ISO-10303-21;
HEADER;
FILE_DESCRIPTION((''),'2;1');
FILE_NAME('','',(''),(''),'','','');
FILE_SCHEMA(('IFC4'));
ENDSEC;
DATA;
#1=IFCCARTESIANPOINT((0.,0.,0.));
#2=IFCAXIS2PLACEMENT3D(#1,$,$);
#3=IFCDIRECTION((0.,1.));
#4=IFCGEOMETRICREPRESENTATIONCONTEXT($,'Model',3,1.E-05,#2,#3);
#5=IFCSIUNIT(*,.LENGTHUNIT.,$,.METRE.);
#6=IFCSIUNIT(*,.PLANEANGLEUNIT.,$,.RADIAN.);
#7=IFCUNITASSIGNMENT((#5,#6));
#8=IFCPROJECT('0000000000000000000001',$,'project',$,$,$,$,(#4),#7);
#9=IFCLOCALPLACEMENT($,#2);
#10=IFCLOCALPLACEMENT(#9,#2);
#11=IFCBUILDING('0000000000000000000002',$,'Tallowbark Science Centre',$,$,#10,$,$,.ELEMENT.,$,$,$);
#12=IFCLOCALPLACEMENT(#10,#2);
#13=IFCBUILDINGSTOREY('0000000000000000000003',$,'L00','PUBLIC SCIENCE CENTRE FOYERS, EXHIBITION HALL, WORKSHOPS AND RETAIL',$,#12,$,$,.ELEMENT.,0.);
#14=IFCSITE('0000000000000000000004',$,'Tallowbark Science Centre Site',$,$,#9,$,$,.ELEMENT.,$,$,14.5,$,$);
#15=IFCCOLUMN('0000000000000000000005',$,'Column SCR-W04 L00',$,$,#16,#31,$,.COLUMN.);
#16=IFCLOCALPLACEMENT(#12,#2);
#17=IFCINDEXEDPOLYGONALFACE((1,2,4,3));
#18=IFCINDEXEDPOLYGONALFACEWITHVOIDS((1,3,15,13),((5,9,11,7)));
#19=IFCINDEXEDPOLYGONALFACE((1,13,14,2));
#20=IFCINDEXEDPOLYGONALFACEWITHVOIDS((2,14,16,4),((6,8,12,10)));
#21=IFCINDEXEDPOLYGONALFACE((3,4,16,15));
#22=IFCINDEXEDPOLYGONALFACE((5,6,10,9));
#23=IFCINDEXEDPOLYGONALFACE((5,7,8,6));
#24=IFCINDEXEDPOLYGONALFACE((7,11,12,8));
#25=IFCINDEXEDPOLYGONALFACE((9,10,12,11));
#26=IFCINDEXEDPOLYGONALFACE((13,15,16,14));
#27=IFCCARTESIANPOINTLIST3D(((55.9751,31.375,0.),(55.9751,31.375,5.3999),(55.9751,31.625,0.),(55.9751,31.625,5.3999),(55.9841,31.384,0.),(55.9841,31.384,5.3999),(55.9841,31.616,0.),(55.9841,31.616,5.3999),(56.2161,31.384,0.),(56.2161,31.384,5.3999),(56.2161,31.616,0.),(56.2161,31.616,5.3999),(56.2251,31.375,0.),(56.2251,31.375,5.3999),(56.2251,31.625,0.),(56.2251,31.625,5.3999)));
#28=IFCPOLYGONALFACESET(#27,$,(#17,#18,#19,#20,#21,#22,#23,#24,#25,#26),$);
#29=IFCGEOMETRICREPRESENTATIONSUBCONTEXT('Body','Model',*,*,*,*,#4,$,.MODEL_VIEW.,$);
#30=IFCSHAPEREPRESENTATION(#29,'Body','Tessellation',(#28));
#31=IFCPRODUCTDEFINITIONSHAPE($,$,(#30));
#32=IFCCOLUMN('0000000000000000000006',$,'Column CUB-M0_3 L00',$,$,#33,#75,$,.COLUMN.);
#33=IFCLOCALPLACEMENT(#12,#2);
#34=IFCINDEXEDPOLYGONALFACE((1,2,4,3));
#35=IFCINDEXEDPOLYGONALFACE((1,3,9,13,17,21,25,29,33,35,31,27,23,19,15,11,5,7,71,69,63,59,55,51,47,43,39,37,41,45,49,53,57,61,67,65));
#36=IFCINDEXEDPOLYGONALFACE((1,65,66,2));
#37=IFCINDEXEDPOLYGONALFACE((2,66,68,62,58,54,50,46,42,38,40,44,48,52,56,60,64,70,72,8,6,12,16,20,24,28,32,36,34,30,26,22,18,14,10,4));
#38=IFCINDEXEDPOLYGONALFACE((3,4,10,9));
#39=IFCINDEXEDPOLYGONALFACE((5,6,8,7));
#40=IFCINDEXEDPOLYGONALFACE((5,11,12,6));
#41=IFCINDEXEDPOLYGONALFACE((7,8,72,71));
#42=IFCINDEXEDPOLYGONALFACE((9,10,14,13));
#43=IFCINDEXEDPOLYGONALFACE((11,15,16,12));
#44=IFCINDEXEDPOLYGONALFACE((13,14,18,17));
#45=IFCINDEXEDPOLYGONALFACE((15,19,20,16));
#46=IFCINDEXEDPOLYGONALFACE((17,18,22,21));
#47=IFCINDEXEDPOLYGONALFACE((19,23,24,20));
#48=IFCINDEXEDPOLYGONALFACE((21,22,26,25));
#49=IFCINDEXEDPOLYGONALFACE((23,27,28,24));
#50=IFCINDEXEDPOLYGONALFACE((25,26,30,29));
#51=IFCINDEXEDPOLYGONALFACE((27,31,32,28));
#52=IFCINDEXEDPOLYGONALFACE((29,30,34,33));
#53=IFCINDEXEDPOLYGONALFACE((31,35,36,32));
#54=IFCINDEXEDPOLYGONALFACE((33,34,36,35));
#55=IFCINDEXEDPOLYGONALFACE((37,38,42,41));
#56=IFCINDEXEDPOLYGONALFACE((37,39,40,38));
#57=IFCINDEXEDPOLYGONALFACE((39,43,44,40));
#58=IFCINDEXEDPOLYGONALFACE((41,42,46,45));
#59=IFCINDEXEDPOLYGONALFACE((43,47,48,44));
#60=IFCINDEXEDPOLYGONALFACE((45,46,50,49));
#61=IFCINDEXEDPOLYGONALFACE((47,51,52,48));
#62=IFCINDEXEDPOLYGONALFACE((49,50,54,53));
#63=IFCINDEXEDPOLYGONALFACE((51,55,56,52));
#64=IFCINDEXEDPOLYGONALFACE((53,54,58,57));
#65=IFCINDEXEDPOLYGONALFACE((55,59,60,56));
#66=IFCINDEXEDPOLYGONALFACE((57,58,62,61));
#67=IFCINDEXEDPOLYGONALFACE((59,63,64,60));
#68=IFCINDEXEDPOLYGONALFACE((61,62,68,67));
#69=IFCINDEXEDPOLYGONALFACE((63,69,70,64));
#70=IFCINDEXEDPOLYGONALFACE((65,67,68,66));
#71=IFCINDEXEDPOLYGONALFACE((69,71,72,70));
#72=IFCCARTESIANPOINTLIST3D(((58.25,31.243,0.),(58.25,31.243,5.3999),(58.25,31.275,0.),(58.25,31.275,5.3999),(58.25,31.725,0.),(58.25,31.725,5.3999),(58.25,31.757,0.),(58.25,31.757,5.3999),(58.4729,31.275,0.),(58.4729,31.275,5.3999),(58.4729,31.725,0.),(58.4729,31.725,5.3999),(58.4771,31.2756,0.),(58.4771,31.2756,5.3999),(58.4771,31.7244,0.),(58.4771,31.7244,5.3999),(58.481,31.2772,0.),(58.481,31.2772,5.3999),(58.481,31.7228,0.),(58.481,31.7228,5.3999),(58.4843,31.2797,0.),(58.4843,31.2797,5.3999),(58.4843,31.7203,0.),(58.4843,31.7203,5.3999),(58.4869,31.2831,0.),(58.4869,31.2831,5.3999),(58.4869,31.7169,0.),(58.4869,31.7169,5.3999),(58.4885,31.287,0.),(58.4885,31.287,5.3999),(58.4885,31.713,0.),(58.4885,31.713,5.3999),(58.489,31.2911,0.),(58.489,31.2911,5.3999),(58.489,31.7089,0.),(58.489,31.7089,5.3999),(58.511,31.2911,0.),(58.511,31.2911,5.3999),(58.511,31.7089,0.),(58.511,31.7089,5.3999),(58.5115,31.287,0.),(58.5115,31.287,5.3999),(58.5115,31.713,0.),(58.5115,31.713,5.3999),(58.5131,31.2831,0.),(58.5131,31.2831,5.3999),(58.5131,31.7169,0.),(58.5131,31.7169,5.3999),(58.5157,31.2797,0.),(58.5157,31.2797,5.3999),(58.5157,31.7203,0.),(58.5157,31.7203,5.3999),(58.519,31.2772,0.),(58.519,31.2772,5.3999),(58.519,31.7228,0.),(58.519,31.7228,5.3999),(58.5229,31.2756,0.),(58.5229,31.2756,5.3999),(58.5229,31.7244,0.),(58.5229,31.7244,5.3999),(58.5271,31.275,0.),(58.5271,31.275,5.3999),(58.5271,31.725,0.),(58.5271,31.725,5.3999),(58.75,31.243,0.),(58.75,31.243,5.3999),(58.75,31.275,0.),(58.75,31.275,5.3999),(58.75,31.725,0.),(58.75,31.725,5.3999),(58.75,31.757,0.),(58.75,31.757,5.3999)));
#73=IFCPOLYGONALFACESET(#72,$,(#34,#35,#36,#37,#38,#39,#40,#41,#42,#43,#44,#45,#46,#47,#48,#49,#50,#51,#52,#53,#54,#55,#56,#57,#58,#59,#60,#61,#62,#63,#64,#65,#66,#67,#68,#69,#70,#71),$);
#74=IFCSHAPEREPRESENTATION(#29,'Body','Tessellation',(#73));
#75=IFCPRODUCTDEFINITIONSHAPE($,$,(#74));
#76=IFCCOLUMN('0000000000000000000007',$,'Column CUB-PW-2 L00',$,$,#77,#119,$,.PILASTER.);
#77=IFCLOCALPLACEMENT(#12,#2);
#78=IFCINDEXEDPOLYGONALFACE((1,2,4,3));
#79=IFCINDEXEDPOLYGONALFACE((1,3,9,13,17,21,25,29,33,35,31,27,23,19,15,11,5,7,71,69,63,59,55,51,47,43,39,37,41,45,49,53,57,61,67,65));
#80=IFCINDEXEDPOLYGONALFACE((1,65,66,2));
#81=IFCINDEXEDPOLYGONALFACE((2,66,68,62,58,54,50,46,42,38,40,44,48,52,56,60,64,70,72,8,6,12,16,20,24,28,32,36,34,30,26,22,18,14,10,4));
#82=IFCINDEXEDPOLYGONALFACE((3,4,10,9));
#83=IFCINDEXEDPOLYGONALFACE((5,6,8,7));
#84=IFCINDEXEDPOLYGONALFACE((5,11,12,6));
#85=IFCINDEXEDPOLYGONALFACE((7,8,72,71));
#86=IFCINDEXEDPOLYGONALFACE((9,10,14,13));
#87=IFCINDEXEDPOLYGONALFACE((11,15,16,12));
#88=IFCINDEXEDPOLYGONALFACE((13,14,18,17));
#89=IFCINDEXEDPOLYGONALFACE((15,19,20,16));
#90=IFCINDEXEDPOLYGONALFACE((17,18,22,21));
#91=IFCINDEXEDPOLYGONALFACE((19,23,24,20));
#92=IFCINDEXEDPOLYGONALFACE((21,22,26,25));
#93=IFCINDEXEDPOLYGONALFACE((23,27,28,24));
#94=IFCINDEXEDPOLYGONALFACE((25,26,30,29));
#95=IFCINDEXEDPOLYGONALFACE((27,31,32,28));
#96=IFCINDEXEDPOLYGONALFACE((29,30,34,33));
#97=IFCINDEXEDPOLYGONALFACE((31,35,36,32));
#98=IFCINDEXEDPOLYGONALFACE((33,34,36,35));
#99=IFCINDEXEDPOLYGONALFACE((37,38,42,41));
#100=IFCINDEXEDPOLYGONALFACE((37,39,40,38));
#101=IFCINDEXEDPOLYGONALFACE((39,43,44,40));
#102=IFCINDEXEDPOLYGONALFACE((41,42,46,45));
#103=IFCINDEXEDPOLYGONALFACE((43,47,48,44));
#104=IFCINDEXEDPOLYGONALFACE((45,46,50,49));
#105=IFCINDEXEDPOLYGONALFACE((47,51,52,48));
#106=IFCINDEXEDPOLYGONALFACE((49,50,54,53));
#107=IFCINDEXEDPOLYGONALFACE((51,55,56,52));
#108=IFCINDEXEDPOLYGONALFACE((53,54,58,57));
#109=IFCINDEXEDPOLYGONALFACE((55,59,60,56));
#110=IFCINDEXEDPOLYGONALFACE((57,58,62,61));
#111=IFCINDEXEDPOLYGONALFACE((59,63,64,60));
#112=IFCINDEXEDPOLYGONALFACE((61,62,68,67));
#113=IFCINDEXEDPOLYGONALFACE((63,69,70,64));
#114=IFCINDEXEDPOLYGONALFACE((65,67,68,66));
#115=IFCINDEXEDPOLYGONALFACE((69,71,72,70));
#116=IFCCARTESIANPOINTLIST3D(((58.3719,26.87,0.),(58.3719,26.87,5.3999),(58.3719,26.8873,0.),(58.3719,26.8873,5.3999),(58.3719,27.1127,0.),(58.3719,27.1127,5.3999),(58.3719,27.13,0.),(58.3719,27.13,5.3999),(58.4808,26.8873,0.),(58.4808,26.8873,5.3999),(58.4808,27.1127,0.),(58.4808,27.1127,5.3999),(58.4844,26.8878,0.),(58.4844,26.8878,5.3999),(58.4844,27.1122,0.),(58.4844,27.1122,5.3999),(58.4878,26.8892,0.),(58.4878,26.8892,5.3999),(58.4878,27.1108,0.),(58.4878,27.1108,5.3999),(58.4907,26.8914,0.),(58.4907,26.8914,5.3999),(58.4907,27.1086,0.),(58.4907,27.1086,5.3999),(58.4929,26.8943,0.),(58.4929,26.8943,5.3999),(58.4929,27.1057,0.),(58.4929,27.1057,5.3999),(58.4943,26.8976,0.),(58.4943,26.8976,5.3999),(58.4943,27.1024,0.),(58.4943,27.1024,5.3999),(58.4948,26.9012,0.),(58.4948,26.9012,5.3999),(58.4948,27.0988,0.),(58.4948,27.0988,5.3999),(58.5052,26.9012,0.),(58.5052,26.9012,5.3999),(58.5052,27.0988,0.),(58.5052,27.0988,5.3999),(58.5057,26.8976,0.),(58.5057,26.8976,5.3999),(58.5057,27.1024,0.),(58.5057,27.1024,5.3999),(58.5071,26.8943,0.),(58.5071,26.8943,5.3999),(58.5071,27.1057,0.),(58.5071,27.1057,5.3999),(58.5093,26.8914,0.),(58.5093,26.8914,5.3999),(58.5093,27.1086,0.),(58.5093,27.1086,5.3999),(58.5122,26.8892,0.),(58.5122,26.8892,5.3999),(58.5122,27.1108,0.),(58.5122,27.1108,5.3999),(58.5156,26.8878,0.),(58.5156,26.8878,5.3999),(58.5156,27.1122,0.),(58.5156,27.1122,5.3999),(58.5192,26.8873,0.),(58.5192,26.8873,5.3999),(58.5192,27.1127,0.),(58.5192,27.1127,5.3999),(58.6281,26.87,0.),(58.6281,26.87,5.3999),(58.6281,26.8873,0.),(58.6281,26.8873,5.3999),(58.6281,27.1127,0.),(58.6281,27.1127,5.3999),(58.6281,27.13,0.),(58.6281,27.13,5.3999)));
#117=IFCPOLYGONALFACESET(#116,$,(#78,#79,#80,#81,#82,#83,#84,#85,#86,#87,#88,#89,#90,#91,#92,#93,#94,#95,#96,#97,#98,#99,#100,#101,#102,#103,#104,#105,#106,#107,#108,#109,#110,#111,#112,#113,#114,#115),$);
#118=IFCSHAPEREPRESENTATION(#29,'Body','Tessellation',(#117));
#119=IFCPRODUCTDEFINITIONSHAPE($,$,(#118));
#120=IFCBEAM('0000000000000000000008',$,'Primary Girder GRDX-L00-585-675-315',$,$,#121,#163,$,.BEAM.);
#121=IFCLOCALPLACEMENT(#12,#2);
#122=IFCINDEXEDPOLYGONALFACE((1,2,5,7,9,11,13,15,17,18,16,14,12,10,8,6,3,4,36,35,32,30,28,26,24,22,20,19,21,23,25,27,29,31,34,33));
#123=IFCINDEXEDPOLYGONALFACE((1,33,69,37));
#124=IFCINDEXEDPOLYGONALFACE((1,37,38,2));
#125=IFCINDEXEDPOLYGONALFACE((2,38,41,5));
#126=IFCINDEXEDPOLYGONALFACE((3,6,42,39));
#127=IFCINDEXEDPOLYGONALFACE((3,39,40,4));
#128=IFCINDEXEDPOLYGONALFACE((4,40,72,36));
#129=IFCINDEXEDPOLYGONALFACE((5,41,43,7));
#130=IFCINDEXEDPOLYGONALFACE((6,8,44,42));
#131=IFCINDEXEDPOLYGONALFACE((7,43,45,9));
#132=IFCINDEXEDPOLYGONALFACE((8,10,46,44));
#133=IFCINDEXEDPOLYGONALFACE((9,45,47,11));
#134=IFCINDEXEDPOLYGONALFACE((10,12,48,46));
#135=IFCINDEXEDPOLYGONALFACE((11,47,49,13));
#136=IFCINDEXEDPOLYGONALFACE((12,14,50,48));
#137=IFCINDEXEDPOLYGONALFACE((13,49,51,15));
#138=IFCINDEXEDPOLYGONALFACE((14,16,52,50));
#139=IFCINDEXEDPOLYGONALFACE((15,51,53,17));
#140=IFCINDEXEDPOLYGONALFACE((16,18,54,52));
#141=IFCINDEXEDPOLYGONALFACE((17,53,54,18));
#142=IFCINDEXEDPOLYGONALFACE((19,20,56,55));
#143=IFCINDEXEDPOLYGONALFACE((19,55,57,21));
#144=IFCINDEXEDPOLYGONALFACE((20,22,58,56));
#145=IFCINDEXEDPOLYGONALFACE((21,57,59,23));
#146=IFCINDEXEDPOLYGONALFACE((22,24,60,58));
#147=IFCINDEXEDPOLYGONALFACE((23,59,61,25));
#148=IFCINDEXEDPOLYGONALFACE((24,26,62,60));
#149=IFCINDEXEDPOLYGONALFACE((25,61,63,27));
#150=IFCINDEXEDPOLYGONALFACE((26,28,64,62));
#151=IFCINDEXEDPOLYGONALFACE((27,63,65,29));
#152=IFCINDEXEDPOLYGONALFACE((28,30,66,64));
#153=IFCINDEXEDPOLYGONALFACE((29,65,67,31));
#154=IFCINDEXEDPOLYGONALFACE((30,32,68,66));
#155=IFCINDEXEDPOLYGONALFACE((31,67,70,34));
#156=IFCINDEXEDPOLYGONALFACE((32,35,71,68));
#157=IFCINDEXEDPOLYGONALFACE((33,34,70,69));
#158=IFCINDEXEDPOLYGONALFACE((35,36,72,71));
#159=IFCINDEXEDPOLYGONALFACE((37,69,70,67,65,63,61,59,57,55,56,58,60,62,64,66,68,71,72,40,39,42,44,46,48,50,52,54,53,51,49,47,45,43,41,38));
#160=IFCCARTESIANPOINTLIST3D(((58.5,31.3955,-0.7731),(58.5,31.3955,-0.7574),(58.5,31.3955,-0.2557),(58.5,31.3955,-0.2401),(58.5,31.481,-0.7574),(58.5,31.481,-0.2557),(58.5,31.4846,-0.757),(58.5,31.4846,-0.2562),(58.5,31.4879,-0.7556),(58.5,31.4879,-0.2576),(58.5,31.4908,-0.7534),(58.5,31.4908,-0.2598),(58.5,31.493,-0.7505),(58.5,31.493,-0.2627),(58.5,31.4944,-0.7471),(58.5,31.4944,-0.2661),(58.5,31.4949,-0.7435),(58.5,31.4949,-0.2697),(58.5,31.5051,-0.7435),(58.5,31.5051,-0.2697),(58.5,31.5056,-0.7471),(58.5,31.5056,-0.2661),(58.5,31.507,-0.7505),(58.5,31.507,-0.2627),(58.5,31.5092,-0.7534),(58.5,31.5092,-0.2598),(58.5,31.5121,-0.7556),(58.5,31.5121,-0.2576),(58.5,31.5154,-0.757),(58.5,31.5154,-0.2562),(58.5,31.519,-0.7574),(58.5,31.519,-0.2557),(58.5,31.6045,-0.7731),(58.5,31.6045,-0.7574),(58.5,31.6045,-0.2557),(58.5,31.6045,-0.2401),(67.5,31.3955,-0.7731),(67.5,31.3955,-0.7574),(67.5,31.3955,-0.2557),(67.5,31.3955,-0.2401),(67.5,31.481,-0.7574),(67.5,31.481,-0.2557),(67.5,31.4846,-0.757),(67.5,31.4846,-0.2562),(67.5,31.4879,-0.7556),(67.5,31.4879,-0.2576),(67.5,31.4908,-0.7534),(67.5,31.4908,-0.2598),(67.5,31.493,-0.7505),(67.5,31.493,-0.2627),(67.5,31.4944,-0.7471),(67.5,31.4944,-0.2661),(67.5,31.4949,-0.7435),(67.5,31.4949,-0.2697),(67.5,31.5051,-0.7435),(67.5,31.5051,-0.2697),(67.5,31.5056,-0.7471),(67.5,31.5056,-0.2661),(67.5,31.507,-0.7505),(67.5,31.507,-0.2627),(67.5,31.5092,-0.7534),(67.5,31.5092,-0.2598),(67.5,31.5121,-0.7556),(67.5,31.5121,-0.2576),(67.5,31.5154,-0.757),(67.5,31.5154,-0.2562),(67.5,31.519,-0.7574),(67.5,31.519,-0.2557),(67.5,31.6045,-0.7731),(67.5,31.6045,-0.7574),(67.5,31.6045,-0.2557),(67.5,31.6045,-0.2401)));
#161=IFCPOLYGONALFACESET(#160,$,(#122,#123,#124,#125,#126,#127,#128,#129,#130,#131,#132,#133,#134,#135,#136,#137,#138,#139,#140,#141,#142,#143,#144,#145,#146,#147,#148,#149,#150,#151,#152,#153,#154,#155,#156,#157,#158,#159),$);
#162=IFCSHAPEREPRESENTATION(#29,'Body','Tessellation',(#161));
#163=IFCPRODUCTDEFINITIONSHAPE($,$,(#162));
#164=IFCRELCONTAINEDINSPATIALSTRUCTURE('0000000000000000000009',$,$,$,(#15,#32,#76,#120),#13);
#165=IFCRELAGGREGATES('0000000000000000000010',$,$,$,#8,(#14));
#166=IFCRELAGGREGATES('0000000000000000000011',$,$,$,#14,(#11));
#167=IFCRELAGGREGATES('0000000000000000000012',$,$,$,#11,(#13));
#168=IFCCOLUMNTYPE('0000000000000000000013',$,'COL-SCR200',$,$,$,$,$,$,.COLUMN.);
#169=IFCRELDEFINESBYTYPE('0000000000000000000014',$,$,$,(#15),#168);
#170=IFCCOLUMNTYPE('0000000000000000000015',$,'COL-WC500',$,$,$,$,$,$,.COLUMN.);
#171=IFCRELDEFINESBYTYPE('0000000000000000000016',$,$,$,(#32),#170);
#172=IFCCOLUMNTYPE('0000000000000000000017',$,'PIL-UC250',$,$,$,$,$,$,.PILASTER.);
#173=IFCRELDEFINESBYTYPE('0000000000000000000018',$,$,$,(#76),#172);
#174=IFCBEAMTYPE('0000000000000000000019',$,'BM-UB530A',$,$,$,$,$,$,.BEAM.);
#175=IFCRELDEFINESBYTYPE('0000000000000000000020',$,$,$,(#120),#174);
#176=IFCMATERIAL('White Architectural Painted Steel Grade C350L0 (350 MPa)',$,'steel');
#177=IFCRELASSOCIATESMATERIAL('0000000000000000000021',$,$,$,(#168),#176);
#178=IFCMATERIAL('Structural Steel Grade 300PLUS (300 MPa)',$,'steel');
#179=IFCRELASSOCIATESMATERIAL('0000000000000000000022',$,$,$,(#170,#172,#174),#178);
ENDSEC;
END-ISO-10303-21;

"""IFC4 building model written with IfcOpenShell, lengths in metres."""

from ifc_helpers import new_model, si_unit, direction, frame, origin, origin_2d, place, context, subcontext, project, spatial, hollow_rectangle, i_section, extrude, material, material_profile, profile_set, type_object, element, save


model = new_model("IFC4")

# Units and contexts
model_context = context("Model", 3, precision=1e-05, world=origin(), true_north=direction((0.0, 1.0)))
body_context = subcontext(model_context, "Body", "Model", "MODEL_VIEW")
ifc_project = project(units=[si_unit("LENGTHUNIT", "METRE"), si_unit("PLANEANGLEUNIT", "RADIAN")], contexts=[model_context])

# Site, building, storey
site_placement = place(None, origin())
site = spatial("IfcSite", under=ifc_project, at=site_placement, Name="Tallowbark Science Centre Site", CompositionType="ELEMENT", RefElevation=14.5)
building_placement = place(site_placement, origin())
building = spatial("IfcBuilding", under=site, at=building_placement, Name="Tallowbark Science Centre", CompositionType="ELEMENT")
storey_placement = place(building_placement, origin())
storey = spatial("IfcBuildingStorey", under=building, at=storey_placement, Name="L00", Description="PUBLIC SCIENCE CENTRE FOYERS, EXHIBITION HALL, WORKSHOPS AND RETAIL", CompositionType="ELEMENT", Elevation=0.0)

# Columns
ifc_material_1 = material(Name="White Architectural Painted Steel Grade C350L0 (350 MPa)", Category="steel")
ifc_material_profile_1 = material_profile(ifc_material_1, hollow_rectangle(XDim=0.25, YDim=0.25, WallThickness=0.009, at=origin_2d()), Name="250x250x9.0SHS")
ifc_profile_set_1 = profile_set([ifc_material_profile_1], Name="White Architectural Painted Steel Grade C350L0 (350 MPa)")
column_type_1 = type_object("IfcColumnType", Name="COL-SCR200", PredefinedType="COLUMN", material=ifc_profile_set_1)
column_1_placement = place(storey_placement, frame((56.1001, 31.5, 0.0), z_axis=(0.0, 0.0, 1.0), x_axis=(1.0, 0.0, 0.0)))
element("IfcColumn", 1, at=column_1_placement, inside=storey, type_object=column_type_1, Name="Column SCR-W04 L00", PredefinedType="COLUMN", context=body_context, shape_type="SweptSolid", body=[
    extrude(hollow_rectangle(XDim=0.25, YDim=0.25, WallThickness=0.009, at=origin_2d()), origin(), (0.0, 0.0, 1.0), 5.3999),
])
ifc_material_2 = material(Name="Structural Steel Grade 300PLUS (300 MPa)", Category="steel")
ifc_material_profile_2 = material_profile(ifc_material_2, i_section(OverallWidth=0.5, OverallDepth=0.5139, WebThickness=0.022, FlangeThickness=0.032, FilletRadius=0.0161, at=origin_2d()), Name="500WC340")
ifc_profile_set_2 = profile_set([ifc_material_profile_2], Name="Structural Steel Grade 300PLUS (300 MPa)")
column_type_2 = type_object("IfcColumnType", Name="COL-WC500", PredefinedType="COLUMN", material=ifc_profile_set_2)
column_2_placement = place(storey_placement, frame((58.5, 31.5, 0.0), z_axis=(0.0, 0.0, 1.0), x_axis=(1.0, 0.0, 0.0)))
element("IfcColumn", 2, at=column_2_placement, inside=storey, type_object=column_type_2, Name="Column CUB-M0_3 L00", PredefinedType="COLUMN", context=body_context, shape_type="SweptSolid", body=[
    extrude(i_section(OverallWidth=0.5, OverallDepth=0.5139, WebThickness=0.022, FlangeThickness=0.032, FilletRadius=0.0161, at=origin_2d()), origin(), (0.0, 0.0, 1.0), 5.3999),
])
ifc_material_profile_3 = material_profile(ifc_material_2, i_section(OverallWidth=0.2561, OverallDepth=0.26, WebThickness=0.0105, FlangeThickness=0.0173, FilletRadius=0.0139, at=origin_2d()), Name="250UC89.5")
ifc_profile_set_3 = profile_set([ifc_material_profile_3], Name="Structural Steel Grade 300PLUS (300 MPa)")
column_type_3 = type_object("IfcColumnType", Name="PIL-UC250", PredefinedType="PILASTER", material=ifc_profile_set_3)
column_3_placement = place(storey_placement, frame((58.5, 27.0, 0.0), z_axis=(0.0, 0.0, 1.0), x_axis=(1.0, 0.0, 0.0)))
element("IfcColumn", 3, at=column_3_placement, inside=storey, type_object=column_type_3, Name="Column CUB-PW-2 L00", PredefinedType="PILASTER", context=body_context, shape_type="SweptSolid", body=[
    extrude(i_section(OverallWidth=0.2561, OverallDepth=0.26, WebThickness=0.0105, FlangeThickness=0.0173, FilletRadius=0.0139, at=origin_2d()), origin(), (0.0, 0.0, 1.0), 5.3999),
])

# Beam
ifc_material_profile_4 = material_profile(ifc_material_2, i_section(OverallWidth=0.209, OverallDepth=0.533, WebThickness=0.0103, FlangeThickness=0.0156, FilletRadius=0.0139, at=origin_2d()), Name="530UB92.4")
ifc_profile_set_4 = profile_set([ifc_material_profile_4], Name="Structural Steel Grade 300PLUS (300 MPa)")
beam_type_1 = type_object("IfcBeamType", Name="BM-UB530A", PredefinedType="BEAM", material=ifc_profile_set_4)
beam_placement = place(storey_placement, frame((58.5, 31.5, -0.5066), z_axis=(1.0, 0.0, 0.0), x_axis=(0.0, 1.0, 0.0)))
element("IfcBeam", 4, at=beam_placement, inside=storey, type_object=beam_type_1, Name="Primary Girder GRDX-L00-585-675-315", PredefinedType="BEAM", context=body_context, shape_type="SweptSolid", body=[
    extrude(i_section(OverallWidth=0.209, OverallDepth=0.533, WebThickness=0.0103, FlangeThickness=0.0156, FilletRadius=0.0139, at=origin_2d()), origin(), (0.0, 0.0, 1.0), 9.0),
])

save(model, "model.ifc")
